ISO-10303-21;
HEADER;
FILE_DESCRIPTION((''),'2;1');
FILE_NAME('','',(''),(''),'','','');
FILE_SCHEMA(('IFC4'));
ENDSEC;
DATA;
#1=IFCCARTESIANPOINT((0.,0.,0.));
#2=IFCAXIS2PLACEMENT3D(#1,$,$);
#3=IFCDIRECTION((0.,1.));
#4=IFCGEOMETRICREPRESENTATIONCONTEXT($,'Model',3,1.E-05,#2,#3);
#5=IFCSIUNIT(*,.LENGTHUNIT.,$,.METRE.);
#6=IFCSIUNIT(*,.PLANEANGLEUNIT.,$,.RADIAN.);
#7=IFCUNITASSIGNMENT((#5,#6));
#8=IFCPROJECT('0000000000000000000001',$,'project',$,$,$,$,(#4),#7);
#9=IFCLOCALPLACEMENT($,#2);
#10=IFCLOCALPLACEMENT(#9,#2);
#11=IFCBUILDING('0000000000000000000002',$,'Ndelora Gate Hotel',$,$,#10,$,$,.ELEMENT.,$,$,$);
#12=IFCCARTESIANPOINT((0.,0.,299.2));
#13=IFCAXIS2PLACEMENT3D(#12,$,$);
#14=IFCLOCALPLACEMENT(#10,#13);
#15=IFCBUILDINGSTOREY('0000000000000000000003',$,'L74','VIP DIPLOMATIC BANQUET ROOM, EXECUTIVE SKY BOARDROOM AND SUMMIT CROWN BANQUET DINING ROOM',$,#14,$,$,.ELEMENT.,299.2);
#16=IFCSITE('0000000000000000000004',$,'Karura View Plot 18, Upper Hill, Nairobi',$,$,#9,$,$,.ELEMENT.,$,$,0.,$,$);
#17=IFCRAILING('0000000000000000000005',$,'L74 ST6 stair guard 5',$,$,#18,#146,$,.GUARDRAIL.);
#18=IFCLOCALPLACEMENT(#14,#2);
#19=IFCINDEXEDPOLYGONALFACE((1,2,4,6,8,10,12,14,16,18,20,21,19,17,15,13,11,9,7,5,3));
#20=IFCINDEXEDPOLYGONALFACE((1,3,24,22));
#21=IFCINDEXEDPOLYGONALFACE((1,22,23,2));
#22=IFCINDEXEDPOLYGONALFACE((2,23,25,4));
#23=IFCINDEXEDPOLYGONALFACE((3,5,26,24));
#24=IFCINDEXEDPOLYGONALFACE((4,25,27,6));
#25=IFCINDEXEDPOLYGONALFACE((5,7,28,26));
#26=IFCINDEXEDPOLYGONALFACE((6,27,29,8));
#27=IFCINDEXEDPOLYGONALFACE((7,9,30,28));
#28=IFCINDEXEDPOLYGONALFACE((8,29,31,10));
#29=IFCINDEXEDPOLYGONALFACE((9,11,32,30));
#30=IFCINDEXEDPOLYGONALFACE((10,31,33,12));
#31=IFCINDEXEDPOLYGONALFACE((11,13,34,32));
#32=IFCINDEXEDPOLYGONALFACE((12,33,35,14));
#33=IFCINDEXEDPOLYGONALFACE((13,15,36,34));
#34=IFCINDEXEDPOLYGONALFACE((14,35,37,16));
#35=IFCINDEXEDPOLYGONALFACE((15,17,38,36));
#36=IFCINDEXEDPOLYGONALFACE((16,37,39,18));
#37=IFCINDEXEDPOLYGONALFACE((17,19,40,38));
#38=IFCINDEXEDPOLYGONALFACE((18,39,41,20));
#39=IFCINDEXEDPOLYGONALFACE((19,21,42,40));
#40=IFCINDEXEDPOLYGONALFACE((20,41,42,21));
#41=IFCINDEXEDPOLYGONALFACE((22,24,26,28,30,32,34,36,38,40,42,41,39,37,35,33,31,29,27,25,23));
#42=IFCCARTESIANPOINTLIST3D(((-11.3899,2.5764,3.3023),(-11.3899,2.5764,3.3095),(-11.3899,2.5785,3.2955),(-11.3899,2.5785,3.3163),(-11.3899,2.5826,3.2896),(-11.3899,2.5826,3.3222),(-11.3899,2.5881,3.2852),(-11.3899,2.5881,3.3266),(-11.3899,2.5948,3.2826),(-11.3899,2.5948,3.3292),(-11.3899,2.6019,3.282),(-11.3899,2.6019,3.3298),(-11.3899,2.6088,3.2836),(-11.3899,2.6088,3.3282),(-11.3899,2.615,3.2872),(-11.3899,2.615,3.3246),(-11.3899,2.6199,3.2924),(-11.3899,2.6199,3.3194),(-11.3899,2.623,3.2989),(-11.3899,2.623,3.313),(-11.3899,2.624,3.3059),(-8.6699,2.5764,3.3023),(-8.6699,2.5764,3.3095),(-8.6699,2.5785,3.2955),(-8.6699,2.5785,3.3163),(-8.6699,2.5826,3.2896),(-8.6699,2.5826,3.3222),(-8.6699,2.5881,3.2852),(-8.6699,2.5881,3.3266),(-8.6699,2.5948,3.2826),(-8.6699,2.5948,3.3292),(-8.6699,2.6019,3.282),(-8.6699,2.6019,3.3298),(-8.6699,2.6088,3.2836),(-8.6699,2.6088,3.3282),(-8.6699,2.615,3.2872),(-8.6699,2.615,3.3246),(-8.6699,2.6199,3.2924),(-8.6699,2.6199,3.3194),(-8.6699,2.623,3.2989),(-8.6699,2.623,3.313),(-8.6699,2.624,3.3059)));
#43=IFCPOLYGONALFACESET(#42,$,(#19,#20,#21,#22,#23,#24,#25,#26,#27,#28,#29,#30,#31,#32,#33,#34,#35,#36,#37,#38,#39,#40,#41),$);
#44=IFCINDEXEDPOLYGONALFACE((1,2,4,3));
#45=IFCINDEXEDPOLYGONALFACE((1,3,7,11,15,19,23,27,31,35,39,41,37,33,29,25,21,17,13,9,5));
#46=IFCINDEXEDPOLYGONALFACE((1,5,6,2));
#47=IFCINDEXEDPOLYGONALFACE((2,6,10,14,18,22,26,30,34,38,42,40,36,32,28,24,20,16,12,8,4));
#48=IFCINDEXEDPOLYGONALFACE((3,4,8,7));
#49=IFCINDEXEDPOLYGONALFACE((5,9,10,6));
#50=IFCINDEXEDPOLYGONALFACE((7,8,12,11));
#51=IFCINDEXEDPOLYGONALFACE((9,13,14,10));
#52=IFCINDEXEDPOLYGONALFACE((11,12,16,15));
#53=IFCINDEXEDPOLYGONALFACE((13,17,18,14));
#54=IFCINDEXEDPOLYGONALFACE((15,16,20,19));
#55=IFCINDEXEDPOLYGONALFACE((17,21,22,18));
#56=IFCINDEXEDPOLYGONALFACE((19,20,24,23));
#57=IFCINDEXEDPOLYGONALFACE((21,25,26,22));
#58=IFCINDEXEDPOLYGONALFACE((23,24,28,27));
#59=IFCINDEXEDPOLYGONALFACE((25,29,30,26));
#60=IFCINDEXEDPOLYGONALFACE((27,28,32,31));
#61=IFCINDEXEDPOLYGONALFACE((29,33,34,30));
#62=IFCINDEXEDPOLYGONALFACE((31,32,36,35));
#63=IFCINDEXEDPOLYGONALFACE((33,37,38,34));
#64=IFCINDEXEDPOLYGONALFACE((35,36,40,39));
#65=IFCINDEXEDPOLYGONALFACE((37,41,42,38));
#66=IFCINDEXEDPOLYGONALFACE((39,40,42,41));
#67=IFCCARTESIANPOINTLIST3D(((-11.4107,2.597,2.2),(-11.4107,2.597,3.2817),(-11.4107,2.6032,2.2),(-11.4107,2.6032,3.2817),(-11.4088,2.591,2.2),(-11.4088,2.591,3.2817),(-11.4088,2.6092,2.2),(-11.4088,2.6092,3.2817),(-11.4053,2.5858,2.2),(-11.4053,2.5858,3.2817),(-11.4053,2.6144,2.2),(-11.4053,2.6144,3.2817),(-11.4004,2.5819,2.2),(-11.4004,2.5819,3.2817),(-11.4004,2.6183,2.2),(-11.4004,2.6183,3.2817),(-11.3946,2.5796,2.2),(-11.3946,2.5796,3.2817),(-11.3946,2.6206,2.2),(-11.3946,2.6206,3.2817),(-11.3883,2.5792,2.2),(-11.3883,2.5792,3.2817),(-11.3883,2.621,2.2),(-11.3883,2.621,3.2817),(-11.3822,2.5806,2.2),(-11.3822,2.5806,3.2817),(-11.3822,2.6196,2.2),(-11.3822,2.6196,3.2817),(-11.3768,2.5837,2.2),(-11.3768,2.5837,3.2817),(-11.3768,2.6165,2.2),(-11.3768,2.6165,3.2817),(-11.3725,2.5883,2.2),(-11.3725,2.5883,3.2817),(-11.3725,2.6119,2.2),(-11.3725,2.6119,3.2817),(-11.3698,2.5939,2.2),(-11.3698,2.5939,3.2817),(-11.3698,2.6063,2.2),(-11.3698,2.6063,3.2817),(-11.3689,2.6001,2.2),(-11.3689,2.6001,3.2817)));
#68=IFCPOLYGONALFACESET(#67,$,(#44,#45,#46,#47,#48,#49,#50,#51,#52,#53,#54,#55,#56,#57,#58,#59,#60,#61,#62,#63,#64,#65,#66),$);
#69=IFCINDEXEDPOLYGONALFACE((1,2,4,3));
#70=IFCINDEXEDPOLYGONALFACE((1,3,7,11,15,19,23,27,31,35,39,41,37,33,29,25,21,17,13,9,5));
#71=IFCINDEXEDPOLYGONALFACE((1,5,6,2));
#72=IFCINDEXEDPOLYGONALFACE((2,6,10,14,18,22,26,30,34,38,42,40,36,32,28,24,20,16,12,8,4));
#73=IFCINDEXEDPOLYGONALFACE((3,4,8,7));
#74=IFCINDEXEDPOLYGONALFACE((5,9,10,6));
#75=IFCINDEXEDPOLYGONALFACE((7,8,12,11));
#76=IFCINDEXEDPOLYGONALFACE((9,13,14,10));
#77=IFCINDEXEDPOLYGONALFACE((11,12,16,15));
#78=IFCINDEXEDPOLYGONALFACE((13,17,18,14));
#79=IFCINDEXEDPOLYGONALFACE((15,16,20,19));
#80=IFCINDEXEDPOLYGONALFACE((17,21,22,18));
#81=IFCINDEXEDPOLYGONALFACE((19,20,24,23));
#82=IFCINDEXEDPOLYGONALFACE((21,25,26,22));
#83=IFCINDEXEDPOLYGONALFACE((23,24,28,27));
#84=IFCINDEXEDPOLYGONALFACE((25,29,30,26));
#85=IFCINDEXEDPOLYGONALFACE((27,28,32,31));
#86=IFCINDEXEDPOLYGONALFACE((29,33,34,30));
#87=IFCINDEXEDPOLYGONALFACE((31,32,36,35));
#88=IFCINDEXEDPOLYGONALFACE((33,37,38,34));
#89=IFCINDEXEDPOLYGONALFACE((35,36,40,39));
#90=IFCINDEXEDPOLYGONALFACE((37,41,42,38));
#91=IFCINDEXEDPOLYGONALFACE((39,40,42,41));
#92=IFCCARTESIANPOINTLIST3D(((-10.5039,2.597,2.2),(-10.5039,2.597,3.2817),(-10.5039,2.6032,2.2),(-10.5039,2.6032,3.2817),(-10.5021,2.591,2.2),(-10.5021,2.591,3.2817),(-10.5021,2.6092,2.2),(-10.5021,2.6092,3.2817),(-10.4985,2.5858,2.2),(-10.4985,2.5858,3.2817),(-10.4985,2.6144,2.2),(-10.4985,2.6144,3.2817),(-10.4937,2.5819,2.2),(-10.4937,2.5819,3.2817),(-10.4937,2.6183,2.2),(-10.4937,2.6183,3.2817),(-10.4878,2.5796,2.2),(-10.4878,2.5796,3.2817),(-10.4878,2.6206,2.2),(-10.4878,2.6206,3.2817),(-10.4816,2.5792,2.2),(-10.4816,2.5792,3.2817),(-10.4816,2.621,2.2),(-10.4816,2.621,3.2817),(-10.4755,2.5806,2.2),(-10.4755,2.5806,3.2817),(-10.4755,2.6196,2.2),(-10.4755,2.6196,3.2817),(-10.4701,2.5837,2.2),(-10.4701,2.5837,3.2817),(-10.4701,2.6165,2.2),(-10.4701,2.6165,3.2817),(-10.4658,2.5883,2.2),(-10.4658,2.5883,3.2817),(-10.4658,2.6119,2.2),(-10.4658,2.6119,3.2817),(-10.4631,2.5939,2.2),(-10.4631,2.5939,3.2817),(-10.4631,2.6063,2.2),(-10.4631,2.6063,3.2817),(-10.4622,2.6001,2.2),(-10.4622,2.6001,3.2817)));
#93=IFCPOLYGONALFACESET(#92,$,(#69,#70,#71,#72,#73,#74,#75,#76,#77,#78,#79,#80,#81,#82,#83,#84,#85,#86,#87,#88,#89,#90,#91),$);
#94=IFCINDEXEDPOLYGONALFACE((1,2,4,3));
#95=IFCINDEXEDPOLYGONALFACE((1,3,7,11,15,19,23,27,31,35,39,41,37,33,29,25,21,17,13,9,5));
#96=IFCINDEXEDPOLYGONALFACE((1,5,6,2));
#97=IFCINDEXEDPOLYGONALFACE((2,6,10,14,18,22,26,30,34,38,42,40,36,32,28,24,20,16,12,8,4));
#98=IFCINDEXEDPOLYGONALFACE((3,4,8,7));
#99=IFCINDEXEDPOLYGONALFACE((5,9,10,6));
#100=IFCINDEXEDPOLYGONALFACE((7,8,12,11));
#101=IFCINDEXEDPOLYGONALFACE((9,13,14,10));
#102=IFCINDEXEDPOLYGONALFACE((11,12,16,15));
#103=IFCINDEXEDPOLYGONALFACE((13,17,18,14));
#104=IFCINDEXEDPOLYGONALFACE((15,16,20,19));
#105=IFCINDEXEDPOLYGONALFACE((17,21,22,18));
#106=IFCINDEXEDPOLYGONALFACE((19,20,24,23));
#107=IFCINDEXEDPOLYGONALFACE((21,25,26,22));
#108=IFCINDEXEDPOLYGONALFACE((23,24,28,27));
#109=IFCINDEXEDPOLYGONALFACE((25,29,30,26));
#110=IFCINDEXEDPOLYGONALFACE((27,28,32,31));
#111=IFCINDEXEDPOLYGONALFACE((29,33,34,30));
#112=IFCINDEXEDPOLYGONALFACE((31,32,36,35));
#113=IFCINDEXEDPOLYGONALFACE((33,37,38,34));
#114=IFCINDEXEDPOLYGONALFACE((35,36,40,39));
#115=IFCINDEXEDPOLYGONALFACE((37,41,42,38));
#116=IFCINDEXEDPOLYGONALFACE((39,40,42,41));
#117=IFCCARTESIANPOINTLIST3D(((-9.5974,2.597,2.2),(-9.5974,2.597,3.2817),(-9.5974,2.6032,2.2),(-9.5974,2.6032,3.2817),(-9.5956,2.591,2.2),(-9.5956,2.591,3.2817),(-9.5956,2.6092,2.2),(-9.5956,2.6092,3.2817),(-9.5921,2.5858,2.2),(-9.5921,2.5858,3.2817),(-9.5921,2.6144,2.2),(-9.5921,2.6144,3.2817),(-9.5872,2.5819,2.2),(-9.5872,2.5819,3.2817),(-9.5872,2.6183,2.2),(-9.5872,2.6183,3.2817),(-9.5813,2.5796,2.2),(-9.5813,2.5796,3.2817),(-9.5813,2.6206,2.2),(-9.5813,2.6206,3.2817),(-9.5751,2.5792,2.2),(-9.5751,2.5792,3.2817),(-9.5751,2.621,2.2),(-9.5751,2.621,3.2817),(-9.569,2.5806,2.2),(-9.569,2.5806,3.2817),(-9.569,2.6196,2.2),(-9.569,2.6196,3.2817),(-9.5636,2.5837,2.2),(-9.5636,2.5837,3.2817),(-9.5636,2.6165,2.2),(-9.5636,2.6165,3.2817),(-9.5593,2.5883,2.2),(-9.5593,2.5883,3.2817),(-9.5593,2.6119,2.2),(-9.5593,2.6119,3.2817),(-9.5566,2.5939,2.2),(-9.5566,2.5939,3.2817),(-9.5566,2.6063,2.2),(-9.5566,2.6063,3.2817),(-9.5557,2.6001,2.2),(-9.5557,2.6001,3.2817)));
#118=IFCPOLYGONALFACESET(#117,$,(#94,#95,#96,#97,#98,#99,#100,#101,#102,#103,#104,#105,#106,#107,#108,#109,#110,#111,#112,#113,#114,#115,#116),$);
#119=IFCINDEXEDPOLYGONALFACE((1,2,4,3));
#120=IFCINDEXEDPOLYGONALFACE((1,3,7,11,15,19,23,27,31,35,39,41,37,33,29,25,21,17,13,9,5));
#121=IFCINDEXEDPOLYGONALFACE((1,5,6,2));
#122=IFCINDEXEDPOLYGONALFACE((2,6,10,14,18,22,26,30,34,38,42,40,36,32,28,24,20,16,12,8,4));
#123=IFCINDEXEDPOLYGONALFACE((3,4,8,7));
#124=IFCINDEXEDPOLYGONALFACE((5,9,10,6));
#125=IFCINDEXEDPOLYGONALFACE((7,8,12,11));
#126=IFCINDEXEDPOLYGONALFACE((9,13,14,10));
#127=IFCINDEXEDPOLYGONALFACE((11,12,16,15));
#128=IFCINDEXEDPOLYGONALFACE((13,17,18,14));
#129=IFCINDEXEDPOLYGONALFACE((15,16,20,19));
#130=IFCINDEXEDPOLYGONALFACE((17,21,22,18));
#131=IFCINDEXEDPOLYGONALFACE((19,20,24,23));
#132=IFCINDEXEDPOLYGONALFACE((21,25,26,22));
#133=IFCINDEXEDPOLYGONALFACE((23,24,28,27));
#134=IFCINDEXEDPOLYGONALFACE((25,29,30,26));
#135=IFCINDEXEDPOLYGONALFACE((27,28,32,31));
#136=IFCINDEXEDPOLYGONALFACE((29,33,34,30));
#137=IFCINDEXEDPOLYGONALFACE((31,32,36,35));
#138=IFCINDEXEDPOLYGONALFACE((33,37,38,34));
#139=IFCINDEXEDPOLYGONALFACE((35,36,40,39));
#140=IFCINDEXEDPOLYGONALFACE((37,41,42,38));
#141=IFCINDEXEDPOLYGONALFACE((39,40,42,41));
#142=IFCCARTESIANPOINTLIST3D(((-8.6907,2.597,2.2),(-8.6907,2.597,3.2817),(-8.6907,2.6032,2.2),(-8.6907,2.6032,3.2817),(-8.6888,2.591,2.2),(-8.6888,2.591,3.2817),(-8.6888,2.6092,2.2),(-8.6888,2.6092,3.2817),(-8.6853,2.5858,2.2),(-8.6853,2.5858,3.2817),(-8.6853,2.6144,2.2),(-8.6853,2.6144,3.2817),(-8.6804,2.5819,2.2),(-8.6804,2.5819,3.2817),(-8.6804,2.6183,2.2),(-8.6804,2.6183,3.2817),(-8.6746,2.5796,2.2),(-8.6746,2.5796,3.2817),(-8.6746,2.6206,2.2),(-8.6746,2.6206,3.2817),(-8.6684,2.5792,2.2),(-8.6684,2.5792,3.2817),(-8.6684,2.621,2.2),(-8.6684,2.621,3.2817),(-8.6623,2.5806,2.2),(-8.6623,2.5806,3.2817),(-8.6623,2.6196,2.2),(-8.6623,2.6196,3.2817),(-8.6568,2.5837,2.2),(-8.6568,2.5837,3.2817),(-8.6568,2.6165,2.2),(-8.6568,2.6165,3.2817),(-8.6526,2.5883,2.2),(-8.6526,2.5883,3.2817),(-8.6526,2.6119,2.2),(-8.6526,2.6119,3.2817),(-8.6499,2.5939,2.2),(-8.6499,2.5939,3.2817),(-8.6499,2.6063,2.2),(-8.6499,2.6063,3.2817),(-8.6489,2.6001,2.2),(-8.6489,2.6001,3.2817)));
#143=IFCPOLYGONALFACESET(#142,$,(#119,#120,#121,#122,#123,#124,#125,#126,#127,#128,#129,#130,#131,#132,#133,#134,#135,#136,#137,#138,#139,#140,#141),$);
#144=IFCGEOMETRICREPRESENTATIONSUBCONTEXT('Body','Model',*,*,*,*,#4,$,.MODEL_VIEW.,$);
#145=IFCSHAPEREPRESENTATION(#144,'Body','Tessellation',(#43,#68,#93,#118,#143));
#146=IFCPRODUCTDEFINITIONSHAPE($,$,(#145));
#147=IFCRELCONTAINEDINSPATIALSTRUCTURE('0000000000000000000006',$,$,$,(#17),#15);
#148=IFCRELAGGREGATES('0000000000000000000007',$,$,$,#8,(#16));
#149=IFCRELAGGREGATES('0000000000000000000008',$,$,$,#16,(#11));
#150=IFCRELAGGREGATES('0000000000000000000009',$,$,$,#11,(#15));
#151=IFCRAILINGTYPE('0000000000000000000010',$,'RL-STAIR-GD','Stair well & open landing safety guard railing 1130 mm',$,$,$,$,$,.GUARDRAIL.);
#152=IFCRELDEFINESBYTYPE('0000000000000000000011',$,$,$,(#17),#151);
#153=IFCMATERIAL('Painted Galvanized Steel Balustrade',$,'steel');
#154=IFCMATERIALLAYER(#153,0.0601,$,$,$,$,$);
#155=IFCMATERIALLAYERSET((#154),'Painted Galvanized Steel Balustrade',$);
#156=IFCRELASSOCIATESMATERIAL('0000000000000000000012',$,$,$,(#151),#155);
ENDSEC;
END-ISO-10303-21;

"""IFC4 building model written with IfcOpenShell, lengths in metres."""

from ifc_helpers import new_model, si_unit, direction, frame, origin, origin_2d, place, context, subcontext, project, spatial, circle, extrude, material, layer, layer_set, type_object, element, save


model = new_model("IFC4")

# Units and contexts
model_context = context("Model", 3, precision=1e-05, world=origin(), true_north=direction((0.0, 1.0)))
body_context = subcontext(model_context, "Body", "Model", "MODEL_VIEW")
ifc_project = project(units=[si_unit("LENGTHUNIT", "METRE"), si_unit("PLANEANGLEUNIT", "RADIAN")], contexts=[model_context])

# Site, building, storey
site_placement = place(None, origin())
site = spatial("IfcSite", under=ifc_project, at=site_placement, Name="Karura View Plot 18, Upper Hill, Nairobi", CompositionType="ELEMENT", RefElevation=0.0)
building_placement = place(site_placement, origin())
building = spatial("IfcBuilding", under=site, at=building_placement, Name="Ndelora Gate Hotel", CompositionType="ELEMENT")
storey_placement = place(building_placement, frame((0.0, 0.0, 299.2)))
storey = spatial("IfcBuildingStorey", under=building, at=storey_placement, Name="L74", Description="VIP DIPLOMATIC BANQUET ROOM, EXECUTIVE SKY BOARDROOM AND SUMMIT CROWN BANQUET DINING ROOM", CompositionType="ELEMENT", Elevation=299.2)

# Railing
ifc_material_1 = material(Name="Painted Galvanized Steel Balustrade", Category="steel")
ifc_layer_1 = layer(ifc_material_1, 0.0601)
ifc_layer_set_1 = layer_set([ifc_layer_1], Name="Painted Galvanized Steel Balustrade")
railing_type_1 = type_object("IfcRailingType", Name="RL-STAIR-GD", Description="Stair well & open landing safety guard railing 1130 mm", PredefinedType="GUARDRAIL", material=ifc_layer_set_1)
railing_1_placement = place(storey_placement, frame((-11.3899, 2.6001, 2.2)))
element("IfcRailing", 1, at=railing_1_placement, inside=storey, type_object=railing_type_1, Name="L74 ST6 stair guard 5", PredefinedType="GUARDRAIL", context=body_context, shape_type="SweptSolid", body=[
    extrude(circle(Radius=0.0239, at=origin_2d()), frame((0.0, 0.0, 1.106), z_axis=(1.0, 0.0, 0.0), x_axis=(0.0, 1.0, 0.0)), (0.0, 0.0, 1.0), 2.72),
    extrude(circle(Radius=0.021, at=origin_2d()), origin(), (0.0, 0.0, 1.0), 1.0818),
    extrude(circle(Radius=0.021, at=origin_2d()), frame((0.9067, 0.0, 0.0)), (0.0, 0.0, 1.0), 1.0818),
    extrude(circle(Radius=0.021, at=origin_2d()), frame((1.8132, 0.0, 0.0)), (0.0, 0.0, 1.0), 1.0818),
    extrude(circle(Radius=0.021, at=origin_2d()), frame((2.72, 0.0, 0.0)), (0.0, 0.0, 1.0), 1.0818),
])

save(model, "model.ifc")
